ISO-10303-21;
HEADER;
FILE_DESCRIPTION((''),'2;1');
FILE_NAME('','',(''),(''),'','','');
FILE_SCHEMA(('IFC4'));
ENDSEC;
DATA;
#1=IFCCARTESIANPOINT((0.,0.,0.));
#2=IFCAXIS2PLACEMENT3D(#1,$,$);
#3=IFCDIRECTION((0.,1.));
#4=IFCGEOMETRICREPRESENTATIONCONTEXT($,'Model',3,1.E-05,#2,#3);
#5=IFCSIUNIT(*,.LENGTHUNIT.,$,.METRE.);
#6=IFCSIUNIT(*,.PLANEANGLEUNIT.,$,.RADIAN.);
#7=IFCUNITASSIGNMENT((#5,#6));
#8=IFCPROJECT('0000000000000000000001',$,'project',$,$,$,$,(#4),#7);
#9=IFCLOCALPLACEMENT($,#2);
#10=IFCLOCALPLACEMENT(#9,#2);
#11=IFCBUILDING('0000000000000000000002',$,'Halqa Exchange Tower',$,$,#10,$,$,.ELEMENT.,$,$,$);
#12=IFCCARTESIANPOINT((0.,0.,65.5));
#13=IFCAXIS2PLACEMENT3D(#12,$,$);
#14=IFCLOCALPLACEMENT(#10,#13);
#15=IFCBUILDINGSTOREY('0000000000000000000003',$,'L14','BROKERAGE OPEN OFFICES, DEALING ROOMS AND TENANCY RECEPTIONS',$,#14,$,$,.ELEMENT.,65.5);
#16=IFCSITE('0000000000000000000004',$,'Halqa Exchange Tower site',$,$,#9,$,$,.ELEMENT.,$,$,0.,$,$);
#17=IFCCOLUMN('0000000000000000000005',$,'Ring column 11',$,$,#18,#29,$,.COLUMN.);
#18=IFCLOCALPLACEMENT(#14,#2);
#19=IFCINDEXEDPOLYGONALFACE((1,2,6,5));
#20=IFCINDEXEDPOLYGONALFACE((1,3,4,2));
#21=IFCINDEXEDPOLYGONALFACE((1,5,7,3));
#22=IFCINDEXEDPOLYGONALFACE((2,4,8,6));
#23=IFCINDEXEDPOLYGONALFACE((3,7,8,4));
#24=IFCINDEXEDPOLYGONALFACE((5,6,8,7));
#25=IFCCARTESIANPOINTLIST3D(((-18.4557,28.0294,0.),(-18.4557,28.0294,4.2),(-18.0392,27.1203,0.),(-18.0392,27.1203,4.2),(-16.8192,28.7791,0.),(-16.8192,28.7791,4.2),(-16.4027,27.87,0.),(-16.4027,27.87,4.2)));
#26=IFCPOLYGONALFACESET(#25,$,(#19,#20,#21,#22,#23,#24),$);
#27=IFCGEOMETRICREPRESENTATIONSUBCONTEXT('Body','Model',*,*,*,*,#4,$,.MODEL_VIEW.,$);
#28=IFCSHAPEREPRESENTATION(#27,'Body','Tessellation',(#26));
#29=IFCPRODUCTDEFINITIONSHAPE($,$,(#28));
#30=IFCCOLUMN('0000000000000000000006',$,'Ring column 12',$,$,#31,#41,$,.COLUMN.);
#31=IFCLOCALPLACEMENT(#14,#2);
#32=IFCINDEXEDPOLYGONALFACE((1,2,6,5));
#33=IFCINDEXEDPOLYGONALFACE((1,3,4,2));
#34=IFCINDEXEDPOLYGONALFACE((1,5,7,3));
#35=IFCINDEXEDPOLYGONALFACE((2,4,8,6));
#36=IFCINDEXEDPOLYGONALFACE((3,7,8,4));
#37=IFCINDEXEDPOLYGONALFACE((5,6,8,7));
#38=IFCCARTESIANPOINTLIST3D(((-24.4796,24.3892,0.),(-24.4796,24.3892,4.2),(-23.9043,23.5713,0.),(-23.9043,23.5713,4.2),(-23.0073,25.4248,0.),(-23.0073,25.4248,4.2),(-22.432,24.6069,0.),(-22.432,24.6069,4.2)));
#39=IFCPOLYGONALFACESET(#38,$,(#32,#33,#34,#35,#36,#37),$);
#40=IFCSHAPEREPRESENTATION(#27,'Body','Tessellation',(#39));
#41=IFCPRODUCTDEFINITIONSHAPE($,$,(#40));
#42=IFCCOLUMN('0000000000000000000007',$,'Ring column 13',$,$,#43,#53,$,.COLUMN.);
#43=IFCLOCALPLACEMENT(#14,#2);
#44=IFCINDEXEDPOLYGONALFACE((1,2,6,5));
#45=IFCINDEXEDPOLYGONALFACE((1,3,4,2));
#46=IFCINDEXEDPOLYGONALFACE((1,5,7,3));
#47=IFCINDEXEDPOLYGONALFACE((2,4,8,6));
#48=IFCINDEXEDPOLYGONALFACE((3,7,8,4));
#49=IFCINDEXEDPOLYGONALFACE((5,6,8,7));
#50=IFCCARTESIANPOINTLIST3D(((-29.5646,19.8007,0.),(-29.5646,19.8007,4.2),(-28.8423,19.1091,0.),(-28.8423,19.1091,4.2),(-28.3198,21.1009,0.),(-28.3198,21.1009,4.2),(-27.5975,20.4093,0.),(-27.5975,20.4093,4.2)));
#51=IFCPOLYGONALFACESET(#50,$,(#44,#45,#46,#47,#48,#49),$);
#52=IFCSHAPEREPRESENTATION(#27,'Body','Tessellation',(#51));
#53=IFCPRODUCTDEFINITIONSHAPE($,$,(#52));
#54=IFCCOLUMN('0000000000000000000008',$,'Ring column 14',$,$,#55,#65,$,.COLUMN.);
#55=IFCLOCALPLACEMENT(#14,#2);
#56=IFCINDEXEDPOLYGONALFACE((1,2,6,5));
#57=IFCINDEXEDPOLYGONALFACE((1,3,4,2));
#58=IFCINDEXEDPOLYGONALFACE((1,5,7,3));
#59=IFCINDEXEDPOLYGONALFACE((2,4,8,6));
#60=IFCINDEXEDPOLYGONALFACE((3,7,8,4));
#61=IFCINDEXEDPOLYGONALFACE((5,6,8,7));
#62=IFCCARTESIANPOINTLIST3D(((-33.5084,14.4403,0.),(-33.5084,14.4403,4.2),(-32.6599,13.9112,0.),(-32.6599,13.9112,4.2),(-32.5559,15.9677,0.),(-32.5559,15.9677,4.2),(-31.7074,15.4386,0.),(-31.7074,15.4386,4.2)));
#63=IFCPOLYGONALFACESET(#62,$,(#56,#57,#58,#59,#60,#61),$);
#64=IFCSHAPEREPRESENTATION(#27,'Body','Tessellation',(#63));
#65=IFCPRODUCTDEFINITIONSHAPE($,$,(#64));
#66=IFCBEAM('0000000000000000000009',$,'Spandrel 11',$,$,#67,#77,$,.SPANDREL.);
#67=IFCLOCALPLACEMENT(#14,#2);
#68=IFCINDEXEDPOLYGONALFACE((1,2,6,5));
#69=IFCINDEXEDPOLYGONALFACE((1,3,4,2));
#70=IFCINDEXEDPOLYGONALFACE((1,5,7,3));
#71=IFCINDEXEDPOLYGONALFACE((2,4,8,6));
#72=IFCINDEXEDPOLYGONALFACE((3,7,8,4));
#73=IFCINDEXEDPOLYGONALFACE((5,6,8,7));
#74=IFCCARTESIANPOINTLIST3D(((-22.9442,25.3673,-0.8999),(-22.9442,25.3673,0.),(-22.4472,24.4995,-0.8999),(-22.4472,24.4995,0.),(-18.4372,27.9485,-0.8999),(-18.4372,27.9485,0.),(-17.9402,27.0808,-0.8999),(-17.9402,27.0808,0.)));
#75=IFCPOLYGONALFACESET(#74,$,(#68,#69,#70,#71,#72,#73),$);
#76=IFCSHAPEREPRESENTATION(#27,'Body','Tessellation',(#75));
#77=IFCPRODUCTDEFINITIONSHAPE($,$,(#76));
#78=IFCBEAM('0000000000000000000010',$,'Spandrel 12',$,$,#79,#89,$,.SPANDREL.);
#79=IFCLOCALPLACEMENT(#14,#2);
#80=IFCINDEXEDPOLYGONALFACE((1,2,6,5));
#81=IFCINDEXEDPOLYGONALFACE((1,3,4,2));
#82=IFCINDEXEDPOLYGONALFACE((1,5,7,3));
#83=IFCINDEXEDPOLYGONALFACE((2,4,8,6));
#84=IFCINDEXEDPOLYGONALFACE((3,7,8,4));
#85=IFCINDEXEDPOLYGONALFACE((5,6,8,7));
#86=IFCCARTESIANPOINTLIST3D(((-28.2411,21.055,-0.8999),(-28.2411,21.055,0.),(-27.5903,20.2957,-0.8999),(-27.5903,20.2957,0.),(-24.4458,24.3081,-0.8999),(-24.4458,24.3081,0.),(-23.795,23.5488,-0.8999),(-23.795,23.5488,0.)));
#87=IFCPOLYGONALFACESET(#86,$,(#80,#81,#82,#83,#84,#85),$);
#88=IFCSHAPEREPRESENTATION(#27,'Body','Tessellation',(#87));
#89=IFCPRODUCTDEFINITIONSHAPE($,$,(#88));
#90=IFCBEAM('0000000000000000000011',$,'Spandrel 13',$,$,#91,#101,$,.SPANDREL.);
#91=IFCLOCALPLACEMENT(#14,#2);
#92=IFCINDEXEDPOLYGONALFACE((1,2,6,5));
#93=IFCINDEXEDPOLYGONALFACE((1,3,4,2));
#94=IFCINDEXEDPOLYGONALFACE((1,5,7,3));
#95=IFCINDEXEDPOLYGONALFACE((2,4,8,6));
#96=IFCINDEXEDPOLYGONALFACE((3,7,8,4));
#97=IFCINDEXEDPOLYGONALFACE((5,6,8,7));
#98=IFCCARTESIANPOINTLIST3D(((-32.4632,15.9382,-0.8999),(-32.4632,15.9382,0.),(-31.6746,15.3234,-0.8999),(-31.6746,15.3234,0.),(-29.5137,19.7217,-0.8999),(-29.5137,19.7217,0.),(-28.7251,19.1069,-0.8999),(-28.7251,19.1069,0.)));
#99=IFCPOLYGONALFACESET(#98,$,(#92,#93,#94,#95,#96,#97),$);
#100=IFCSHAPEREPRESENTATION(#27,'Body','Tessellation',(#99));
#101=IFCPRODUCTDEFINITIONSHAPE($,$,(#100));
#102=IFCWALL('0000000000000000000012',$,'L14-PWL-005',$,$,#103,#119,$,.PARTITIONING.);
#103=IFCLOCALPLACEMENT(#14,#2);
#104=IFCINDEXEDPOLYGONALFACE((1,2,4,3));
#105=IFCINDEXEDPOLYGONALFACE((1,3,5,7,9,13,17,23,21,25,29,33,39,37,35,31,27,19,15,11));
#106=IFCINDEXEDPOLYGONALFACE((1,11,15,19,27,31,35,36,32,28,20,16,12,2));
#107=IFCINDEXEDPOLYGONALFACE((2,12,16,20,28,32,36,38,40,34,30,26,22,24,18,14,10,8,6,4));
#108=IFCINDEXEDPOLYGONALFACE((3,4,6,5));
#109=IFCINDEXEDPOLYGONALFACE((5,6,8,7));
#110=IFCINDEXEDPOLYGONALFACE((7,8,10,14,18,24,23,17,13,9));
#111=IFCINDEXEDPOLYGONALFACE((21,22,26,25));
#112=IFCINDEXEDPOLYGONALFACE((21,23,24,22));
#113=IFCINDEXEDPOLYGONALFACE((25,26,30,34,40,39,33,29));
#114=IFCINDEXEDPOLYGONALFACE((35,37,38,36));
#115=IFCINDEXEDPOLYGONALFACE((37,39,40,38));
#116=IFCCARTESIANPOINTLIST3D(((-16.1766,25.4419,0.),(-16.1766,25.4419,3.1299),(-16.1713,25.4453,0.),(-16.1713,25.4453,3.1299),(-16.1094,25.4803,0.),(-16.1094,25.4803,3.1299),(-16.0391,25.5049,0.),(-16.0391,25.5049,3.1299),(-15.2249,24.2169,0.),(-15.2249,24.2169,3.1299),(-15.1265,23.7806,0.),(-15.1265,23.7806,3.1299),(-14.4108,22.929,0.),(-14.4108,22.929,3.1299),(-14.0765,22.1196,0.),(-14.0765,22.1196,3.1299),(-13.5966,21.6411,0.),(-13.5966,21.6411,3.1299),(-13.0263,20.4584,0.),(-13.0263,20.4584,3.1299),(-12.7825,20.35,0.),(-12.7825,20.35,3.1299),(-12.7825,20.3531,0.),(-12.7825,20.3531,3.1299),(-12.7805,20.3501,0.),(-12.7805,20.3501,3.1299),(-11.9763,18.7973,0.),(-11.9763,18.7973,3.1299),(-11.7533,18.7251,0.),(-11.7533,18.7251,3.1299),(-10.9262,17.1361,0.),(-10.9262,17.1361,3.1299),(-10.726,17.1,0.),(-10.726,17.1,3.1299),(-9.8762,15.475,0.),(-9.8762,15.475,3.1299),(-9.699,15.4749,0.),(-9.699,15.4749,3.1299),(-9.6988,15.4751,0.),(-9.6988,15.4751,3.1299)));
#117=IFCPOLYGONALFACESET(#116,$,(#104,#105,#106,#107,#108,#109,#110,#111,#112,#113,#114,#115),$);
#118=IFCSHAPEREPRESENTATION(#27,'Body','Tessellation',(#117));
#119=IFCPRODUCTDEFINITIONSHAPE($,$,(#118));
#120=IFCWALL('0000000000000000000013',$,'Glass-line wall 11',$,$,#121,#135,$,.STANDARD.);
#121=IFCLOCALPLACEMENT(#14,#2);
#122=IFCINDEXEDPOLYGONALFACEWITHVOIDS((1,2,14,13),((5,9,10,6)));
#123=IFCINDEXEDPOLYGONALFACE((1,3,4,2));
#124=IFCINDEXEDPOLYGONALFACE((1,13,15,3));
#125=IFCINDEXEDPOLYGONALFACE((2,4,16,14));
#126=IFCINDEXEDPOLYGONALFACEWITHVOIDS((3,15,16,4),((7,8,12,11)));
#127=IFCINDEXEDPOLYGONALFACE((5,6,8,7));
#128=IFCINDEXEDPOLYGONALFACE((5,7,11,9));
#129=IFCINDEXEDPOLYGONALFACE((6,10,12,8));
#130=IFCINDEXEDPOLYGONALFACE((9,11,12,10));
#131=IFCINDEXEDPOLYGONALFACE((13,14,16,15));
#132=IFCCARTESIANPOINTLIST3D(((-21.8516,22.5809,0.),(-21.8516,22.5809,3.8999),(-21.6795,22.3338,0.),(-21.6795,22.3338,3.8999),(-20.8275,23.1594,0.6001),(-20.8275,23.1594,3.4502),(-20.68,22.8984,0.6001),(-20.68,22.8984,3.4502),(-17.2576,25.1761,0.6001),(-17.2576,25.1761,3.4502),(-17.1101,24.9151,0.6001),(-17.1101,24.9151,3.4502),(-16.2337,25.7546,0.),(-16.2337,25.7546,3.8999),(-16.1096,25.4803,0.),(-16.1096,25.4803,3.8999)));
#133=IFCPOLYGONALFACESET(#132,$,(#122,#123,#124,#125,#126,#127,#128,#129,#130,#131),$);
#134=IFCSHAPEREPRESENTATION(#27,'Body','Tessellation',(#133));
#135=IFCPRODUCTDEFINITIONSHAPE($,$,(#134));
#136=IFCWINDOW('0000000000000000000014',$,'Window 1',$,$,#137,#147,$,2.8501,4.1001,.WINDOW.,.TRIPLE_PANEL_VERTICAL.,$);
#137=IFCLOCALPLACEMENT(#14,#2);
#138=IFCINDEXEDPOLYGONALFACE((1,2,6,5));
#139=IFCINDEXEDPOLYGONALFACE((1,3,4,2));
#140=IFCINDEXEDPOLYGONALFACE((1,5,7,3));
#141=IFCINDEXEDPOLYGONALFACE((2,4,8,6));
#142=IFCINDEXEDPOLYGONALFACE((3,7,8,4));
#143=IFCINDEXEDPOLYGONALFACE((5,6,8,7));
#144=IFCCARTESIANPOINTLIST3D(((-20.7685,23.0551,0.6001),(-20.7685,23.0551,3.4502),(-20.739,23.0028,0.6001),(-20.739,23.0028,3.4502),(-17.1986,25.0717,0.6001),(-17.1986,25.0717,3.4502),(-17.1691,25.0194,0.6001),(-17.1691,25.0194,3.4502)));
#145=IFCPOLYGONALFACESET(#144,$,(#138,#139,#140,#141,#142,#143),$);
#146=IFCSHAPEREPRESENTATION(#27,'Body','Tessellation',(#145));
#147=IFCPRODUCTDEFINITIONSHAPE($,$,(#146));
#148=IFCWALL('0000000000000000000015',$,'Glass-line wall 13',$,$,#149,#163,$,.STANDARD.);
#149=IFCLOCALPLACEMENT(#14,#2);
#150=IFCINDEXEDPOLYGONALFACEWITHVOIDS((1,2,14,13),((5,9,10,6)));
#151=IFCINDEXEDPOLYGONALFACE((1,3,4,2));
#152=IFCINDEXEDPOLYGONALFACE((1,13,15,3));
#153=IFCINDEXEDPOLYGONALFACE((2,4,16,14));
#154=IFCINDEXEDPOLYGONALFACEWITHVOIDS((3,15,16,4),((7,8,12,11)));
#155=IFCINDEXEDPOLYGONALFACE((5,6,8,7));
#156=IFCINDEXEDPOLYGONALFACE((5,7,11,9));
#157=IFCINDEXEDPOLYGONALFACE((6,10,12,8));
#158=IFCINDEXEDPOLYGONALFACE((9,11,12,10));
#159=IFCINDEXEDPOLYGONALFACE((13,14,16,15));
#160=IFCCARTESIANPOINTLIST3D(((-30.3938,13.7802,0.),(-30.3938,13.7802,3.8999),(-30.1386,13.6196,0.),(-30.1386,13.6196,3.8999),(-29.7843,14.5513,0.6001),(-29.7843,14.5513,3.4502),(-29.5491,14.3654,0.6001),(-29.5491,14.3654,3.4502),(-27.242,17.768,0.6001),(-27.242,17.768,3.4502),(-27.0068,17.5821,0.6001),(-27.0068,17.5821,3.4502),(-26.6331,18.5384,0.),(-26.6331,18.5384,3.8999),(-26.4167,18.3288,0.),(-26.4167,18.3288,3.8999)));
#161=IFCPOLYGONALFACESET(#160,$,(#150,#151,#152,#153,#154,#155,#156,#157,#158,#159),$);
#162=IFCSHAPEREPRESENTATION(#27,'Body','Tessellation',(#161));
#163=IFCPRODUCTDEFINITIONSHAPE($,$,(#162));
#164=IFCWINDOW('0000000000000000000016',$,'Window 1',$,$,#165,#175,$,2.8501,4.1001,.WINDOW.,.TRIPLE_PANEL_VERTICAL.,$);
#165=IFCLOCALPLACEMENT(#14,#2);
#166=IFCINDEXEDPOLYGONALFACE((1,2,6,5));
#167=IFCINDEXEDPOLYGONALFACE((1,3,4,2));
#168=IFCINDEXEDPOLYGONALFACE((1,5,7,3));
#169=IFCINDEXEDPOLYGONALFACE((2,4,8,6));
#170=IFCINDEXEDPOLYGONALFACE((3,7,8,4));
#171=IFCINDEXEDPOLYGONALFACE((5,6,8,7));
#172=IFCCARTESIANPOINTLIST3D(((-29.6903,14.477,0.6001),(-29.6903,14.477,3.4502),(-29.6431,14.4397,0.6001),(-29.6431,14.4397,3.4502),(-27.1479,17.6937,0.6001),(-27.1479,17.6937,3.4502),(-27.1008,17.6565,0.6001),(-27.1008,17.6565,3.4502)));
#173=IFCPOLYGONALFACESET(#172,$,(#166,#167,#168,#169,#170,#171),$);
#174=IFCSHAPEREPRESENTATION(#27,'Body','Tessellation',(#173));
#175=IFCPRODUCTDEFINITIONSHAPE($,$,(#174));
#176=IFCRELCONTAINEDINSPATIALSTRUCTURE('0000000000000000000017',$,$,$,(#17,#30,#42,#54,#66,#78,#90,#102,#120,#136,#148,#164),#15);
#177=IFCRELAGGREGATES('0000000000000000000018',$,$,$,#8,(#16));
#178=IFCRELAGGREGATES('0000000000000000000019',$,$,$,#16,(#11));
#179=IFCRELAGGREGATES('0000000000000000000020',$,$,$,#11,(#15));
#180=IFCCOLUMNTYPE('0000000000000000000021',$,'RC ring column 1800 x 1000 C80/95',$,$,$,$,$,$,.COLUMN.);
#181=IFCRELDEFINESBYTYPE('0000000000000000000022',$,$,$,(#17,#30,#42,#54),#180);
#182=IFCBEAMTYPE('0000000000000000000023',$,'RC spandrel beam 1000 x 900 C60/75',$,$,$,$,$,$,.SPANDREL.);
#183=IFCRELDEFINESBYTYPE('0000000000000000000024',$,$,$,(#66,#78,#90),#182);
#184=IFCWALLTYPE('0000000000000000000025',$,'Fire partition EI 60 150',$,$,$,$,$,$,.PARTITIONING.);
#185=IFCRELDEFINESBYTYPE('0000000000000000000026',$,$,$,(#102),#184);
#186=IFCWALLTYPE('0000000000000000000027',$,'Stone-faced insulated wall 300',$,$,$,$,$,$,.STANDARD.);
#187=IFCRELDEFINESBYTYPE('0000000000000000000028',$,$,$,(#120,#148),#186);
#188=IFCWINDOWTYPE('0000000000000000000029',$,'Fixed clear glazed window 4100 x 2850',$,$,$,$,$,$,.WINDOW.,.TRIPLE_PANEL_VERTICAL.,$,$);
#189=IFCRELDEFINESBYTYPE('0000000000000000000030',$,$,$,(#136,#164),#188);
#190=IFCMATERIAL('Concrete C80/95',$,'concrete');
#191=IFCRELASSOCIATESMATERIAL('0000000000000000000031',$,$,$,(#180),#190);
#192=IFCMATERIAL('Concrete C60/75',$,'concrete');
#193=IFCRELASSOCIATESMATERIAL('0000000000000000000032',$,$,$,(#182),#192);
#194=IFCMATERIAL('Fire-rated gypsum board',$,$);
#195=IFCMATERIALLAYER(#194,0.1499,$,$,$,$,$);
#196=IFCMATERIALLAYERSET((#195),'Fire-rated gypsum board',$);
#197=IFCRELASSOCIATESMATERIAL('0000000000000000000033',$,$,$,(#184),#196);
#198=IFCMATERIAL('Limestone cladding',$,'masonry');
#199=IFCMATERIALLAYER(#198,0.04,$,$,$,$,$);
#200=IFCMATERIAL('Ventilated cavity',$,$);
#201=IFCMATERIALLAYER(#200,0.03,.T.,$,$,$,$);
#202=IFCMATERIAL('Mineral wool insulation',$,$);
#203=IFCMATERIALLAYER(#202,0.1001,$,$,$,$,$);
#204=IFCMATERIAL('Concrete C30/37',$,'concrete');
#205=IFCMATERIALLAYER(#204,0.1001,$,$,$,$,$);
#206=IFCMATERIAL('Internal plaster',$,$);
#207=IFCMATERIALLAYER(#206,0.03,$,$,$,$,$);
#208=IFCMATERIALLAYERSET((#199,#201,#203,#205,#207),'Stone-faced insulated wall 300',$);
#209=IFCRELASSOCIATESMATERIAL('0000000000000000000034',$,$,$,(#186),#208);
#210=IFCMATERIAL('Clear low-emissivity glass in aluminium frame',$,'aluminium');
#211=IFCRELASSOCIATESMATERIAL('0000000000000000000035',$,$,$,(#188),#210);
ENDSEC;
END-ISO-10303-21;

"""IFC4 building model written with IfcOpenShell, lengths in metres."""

from ifc_helpers import new_model, si_unit, direction, frame, frame_2d, origin, origin_2d, place, context, subcontext, project, spatial, polyline, rectangle, outline, extrude, material, layer, layer_set, material_profile, profile_set, type_object, element, fill, save


model = new_model("IFC4")

# Units and contexts
model_context = context("Model", 3, precision=1e-05, world=origin(), true_north=direction((0.0, 1.0)))
body_context = subcontext(model_context, "Body", "Model", "MODEL_VIEW")
ifc_project = project(units=[si_unit("LENGTHUNIT", "METRE"), si_unit("PLANEANGLEUNIT", "RADIAN")], contexts=[model_context])

# Site, building, storey
site_placement = place(None, origin())
site = spatial("IfcSite", under=ifc_project, at=site_placement, Name="Halqa Exchange Tower site", CompositionType="ELEMENT", RefElevation=0.0)
building_placement = place(site_placement, origin())
building = spatial("IfcBuilding", under=site, at=building_placement, Name="Halqa Exchange Tower", CompositionType="ELEMENT")
storey_placement = place(building_placement, frame((0.0, 0.0, 65.5)))
storey = spatial("IfcBuildingStorey", under=building, at=storey_placement, Name="L14", Description="BROKERAGE OPEN OFFICES, DEALING ROOMS AND TENANCY RECEPTIONS", CompositionType="ELEMENT", Elevation=65.5)

# Columns
ifc_material_1 = material(Name="Concrete C80/95", Category="concrete")
ifc_material_profile_1 = material_profile(ifc_material_1, rectangle(XDim=1.8, YDim=1.0, at=origin_2d()), Name="1800 x 1000")
ifc_profile_set_1 = profile_set([ifc_material_profile_1], Name="Concrete C80/95")
column_type = type_object("IfcColumnType", Name="RC ring column 1800 x 1000 C80/95", PredefinedType="COLUMN", material=ifc_profile_set_1)
for number, where, z_axis, x_axis, name in (
    (1, (-17.4292, 27.9497, 0.0), (0.0, 0.0, 1.0), (-0.909126, -0.41652, 0.0), "Ring column 11"),
    (2, (-23.4558, 24.498, 0.0), (0.0, 0.0, 1.0), (-0.817909, -0.575348, 0.0), "Ring column 12"),
    (3, (-28.5811, 20.105, 0.0), (0.0, 0.0, 1.0), (-0.691577, -0.722302, 0.0), "Ring column 13"),
    (4, (-32.6079, 14.9395, 0.0), (0.0, 0.0, 1.0), (-0.529139, -0.848535, 0.0), "Ring column 14"),
):
    element("IfcColumn", number, at=place(storey_placement, frame(where, z_axis=z_axis, x_axis=x_axis)), inside=storey, type_object=column_type, Name=name, PredefinedType="COLUMN", context=body_context, shape_type="SweptSolid", body=[
        extrude(rectangle(XDim=1.8, YDim=1.0, at=origin_2d()), origin(), (0.0, 0.0, 1.0), 4.2),
    ])

# Beams
ifc_material_2 = material(Name="Concrete C60/75", Category="concrete")
ifc_material_profile_2 = material_profile(ifc_material_2, rectangle(XDim=1.0, YDim=0.8999, at=origin_2d()), Name="1000 x 900")
ifc_profile_set_2 = profile_set([ifc_material_profile_2], Name="Concrete C60/75")
beam_type = type_object("IfcBeamType", Name="RC spandrel beam 1000 x 900 C60/75", PredefinedType="SPANDREL", material=ifc_profile_set_2)
beam_1_placement = place(storey_placement, frame((-18.1887, 27.5146, -0.45), z_axis=(-0.86776, -0.496984, 0.0), x_axis=(0.496984, -0.86776, 0.0)))
element("IfcBeam", 5, at=beam_1_placement, inside=storey, type_object=beam_type, Name="Spandrel 11", PredefinedType="SPANDREL", context=body_context, shape_type="SweptSolid", body=[
    extrude(rectangle(XDim=1.0, YDim=0.8999, at=origin_2d()), origin(), (0.0, 0.0, 1.0), 5.1938),
])
beam_2_placement = place(storey_placement, frame((-24.1204, 23.9285, -0.45), z_axis=(-0.75926, -0.650787, 0.0), x_axis=(0.650787, -0.75926, 0.0)))
element("IfcBeam", 6, at=beam_2_placement, inside=storey, type_object=beam_type, Name="Spandrel 12", PredefinedType="SPANDREL", context=body_context, shape_type="SweptSolid", body=[
    extrude(rectangle(XDim=1.0, YDim=0.8999, at=origin_2d()), origin(), (0.0, 0.0, 1.0), 4.9988),
])
beam_3_placement = place(storey_placement, frame((-29.1194, 19.4143, -0.45), z_axis=(-0.614821, -0.788667, 0.0), x_axis=(0.788667, -0.614821, 0.0)))
element("IfcBeam", 7, at=beam_3_placement, inside=storey, type_object=beam_type, Name="Spandrel 13", PredefinedType="SPANDREL", context=body_context, shape_type="SweptSolid", body=[
    extrude(rectangle(XDim=1.0, YDim=0.8999, at=origin_2d()), origin(), (0.0, 0.0, 1.0), 4.7974),
])

# Wall
ifc_material_3 = material(Name="Fire-rated gypsum board")
ifc_layer_1 = layer(ifc_material_3, 0.1499)
ifc_layer_set_1 = layer_set([ifc_layer_1], Name="Fire-rated gypsum board")
wall_type_1 = type_object("IfcWallType", Name="Fire partition EI 60 150", PredefinedType="PARTITIONING", material=ifc_layer_set_1)
wall_1_placement = place(storey_placement, frame((-16.1133, 25.4819, 0.0), z_axis=(0.0, 0.0, 1.0), x_axis=(0.534335, -0.845273, 0.0)))
element("IfcWall", 8, at=wall_1_placement, inside=storey, type_object=wall_type_1, Name="L14-PWL-005", PredefinedType="PARTITIONING", context=body_context, shape_type="SweptSolid", body=[
    extrude(outline(polyline([(0.0, -0.075), (1.9653, -0.075), (3.9304, -0.075), (5.8958, -0.075), (7.8608, -0.075), (9.8262, -0.075), (11.7913, -0.075), (11.886, 0.0747), (11.886, 0.075), (9.9636, 0.075), (8.041, 0.075), (6.1187, 0.075), (6.1177, 0.0732), (6.115, 0.075), (4.5913, 0.075), (3.0676, 0.075), (1.5439, 0.075), (0.0203, 0.075), (0.0034, 0.0024), (0.0, -0.0686), (0.0, -0.075)])), origin(), (0.0, 0.0, 1.0), 3.1299),
])

# Wall, opening, window
ifc_material_4 = material(Name="Limestone cladding", Category="masonry")
ifc_layer_2 = layer(ifc_material_4, 0.04)
ifc_material_5 = material(Name="Ventilated cavity")
ifc_layer_3 = layer(ifc_material_5, 0.03, ventilated=True)
ifc_material_6 = material(Name="Mineral wool insulation")
ifc_layer_4 = layer(ifc_material_6, 0.1001)
ifc_material_7 = material(Name="Concrete C30/37", Category="concrete")
ifc_layer_5 = layer(ifc_material_7, 0.1001)
ifc_material_8 = material(Name="Internal plaster")
ifc_layer_6 = layer(ifc_material_8, 0.03)
ifc_layer_set_2 = layer_set([ifc_layer_2, ifc_layer_3, ifc_layer_4, ifc_layer_5, ifc_layer_6], Name="Stone-faced insulated wall 300")
wall_type_2 = type_object("IfcWallType", Name="Stone-faced insulated wall 300", PredefinedType="STANDARD", material=ifc_layer_set_2)
wall_2_placement = place(storey_placement, frame((-16.1716, 25.6174, 0.0), z_axis=(0.0, 0.0, 1.0), x_axis=(-0.870674, -0.491861, 0.0)))
wall_2 = element("IfcWall", 9, at=wall_2_placement, inside=storey, type_object=wall_type_2, Name="Glass-line wall 11", PredefinedType="STANDARD", context=body_context, shape_type="SweptSolid", body=[
    extrude(outline(polyline([(-0.0134, -0.1499), (6.439, -0.1499), (6.4106, 0.1499), (0.0134, 0.1499), (-0.0134, -0.1499)])), origin(), (0.0, 0.0, 1.0), 3.8999),
])
opening_1_placement = place(wall_2_placement, frame((1.1626, 0.0, 0.6001)))
opening_1 = element("IfcOpeningElement", 10, at=opening_1_placement, cuts=wall_2, PredefinedType="OPENING", context=body_context, shape_type="SweptSolid", body=[
    extrude(rectangle(XDim=4.1001, YDim=2.8501, at=frame_2d((2.05, 1.425))), frame((0.0, 0.1621, 0.0), z_axis=(0.0, -1.0, 0.0), x_axis=(1.0, 0.0, 0.0)), (0.0, 0.0, 1.0), 0.324),
])
ifc_material_9 = material(Name="Clear low-emissivity glass in aluminium frame", Category="aluminium")
window_type = type_object("IfcWindowType", Name="Fixed clear glazed window 4100 x 2850", PartitioningType="TRIPLE_PANEL_VERTICAL", PredefinedType="WINDOW", material=ifc_material_9)
window_1_placement = place(opening_1_placement, origin())
window_1 = element("IfcWindow", 11, at=window_1_placement, inside=storey, type_object=window_type, Name="Window 1", OverallHeight=2.8501, OverallWidth=4.1001, PartitioningType="TRIPLE_PANEL_VERTICAL", PredefinedType="WINDOW", context=body_context, shape_type="SweptSolid", body=[
    extrude(rectangle(XDim=4.1001, YDim=2.8501, at=frame_2d((2.05, 1.425))), frame((0.0, 0.03, 0.0), z_axis=(0.0, -1.0, 0.0), x_axis=(1.0, 0.0, 0.0)), (0.0, 0.0, 1.0), 0.0601),
])
fill(opening_1, window_1)

# Wall, opening, window
wall_3_placement = place(storey_placement, frame((-26.5249, 18.4336, 0.0), z_axis=(0.0, 0.0, 1.0), x_axis=(-0.620065, -0.78455, 0.0)))
wall_3 = element("IfcWall", 12, at=wall_3_placement, inside=storey, type_object=wall_type_2, Name="Glass-line wall 13", PredefinedType="STANDARD", context=body_context, shape_type="SweptSolid", body=[
    extrude(outline(polyline([(-0.0151, -0.1499), (6.0498, -0.1499), (6.0176, 0.1499), (0.0151, 0.1499), (-0.0151, -0.1499)])), origin(), (0.0, 0.0, 1.0), 3.8999),
])
opening_2_placement = place(wall_3_placement, frame((0.9668, 0.0, 0.6001)))
opening_2 = element("IfcOpeningElement", 13, at=opening_2_placement, cuts=wall_3, PredefinedType="OPENING", context=body_context, shape_type="SweptSolid", body=[
    extrude(rectangle(XDim=4.1001, YDim=2.8501, at=frame_2d((2.05, 1.425))), frame((0.0, 0.1621, 0.0), z_axis=(0.0, -1.0, 0.0), x_axis=(1.0, 0.0, 0.0)), (0.0, 0.0, 1.0), 0.324),
])
window_2_placement = place(opening_2_placement, origin())
window_2 = element("IfcWindow", 14, at=window_2_placement, inside=storey, type_object=window_type, Name="Window 1", OverallHeight=2.8501, OverallWidth=4.1001, PartitioningType="TRIPLE_PANEL_VERTICAL", PredefinedType="WINDOW", context=body_context, shape_type="SweptSolid", body=[
    extrude(rectangle(XDim=4.1001, YDim=2.8501, at=frame_2d((2.05, 1.425))), frame((0.0, 0.03, 0.0), z_axis=(0.0, -1.0, 0.0), x_axis=(1.0, 0.0, 0.0)), (0.0, 0.0, 1.0), 0.0601),
])
fill(opening_2, window_2)

save(model, "model.ifc")
